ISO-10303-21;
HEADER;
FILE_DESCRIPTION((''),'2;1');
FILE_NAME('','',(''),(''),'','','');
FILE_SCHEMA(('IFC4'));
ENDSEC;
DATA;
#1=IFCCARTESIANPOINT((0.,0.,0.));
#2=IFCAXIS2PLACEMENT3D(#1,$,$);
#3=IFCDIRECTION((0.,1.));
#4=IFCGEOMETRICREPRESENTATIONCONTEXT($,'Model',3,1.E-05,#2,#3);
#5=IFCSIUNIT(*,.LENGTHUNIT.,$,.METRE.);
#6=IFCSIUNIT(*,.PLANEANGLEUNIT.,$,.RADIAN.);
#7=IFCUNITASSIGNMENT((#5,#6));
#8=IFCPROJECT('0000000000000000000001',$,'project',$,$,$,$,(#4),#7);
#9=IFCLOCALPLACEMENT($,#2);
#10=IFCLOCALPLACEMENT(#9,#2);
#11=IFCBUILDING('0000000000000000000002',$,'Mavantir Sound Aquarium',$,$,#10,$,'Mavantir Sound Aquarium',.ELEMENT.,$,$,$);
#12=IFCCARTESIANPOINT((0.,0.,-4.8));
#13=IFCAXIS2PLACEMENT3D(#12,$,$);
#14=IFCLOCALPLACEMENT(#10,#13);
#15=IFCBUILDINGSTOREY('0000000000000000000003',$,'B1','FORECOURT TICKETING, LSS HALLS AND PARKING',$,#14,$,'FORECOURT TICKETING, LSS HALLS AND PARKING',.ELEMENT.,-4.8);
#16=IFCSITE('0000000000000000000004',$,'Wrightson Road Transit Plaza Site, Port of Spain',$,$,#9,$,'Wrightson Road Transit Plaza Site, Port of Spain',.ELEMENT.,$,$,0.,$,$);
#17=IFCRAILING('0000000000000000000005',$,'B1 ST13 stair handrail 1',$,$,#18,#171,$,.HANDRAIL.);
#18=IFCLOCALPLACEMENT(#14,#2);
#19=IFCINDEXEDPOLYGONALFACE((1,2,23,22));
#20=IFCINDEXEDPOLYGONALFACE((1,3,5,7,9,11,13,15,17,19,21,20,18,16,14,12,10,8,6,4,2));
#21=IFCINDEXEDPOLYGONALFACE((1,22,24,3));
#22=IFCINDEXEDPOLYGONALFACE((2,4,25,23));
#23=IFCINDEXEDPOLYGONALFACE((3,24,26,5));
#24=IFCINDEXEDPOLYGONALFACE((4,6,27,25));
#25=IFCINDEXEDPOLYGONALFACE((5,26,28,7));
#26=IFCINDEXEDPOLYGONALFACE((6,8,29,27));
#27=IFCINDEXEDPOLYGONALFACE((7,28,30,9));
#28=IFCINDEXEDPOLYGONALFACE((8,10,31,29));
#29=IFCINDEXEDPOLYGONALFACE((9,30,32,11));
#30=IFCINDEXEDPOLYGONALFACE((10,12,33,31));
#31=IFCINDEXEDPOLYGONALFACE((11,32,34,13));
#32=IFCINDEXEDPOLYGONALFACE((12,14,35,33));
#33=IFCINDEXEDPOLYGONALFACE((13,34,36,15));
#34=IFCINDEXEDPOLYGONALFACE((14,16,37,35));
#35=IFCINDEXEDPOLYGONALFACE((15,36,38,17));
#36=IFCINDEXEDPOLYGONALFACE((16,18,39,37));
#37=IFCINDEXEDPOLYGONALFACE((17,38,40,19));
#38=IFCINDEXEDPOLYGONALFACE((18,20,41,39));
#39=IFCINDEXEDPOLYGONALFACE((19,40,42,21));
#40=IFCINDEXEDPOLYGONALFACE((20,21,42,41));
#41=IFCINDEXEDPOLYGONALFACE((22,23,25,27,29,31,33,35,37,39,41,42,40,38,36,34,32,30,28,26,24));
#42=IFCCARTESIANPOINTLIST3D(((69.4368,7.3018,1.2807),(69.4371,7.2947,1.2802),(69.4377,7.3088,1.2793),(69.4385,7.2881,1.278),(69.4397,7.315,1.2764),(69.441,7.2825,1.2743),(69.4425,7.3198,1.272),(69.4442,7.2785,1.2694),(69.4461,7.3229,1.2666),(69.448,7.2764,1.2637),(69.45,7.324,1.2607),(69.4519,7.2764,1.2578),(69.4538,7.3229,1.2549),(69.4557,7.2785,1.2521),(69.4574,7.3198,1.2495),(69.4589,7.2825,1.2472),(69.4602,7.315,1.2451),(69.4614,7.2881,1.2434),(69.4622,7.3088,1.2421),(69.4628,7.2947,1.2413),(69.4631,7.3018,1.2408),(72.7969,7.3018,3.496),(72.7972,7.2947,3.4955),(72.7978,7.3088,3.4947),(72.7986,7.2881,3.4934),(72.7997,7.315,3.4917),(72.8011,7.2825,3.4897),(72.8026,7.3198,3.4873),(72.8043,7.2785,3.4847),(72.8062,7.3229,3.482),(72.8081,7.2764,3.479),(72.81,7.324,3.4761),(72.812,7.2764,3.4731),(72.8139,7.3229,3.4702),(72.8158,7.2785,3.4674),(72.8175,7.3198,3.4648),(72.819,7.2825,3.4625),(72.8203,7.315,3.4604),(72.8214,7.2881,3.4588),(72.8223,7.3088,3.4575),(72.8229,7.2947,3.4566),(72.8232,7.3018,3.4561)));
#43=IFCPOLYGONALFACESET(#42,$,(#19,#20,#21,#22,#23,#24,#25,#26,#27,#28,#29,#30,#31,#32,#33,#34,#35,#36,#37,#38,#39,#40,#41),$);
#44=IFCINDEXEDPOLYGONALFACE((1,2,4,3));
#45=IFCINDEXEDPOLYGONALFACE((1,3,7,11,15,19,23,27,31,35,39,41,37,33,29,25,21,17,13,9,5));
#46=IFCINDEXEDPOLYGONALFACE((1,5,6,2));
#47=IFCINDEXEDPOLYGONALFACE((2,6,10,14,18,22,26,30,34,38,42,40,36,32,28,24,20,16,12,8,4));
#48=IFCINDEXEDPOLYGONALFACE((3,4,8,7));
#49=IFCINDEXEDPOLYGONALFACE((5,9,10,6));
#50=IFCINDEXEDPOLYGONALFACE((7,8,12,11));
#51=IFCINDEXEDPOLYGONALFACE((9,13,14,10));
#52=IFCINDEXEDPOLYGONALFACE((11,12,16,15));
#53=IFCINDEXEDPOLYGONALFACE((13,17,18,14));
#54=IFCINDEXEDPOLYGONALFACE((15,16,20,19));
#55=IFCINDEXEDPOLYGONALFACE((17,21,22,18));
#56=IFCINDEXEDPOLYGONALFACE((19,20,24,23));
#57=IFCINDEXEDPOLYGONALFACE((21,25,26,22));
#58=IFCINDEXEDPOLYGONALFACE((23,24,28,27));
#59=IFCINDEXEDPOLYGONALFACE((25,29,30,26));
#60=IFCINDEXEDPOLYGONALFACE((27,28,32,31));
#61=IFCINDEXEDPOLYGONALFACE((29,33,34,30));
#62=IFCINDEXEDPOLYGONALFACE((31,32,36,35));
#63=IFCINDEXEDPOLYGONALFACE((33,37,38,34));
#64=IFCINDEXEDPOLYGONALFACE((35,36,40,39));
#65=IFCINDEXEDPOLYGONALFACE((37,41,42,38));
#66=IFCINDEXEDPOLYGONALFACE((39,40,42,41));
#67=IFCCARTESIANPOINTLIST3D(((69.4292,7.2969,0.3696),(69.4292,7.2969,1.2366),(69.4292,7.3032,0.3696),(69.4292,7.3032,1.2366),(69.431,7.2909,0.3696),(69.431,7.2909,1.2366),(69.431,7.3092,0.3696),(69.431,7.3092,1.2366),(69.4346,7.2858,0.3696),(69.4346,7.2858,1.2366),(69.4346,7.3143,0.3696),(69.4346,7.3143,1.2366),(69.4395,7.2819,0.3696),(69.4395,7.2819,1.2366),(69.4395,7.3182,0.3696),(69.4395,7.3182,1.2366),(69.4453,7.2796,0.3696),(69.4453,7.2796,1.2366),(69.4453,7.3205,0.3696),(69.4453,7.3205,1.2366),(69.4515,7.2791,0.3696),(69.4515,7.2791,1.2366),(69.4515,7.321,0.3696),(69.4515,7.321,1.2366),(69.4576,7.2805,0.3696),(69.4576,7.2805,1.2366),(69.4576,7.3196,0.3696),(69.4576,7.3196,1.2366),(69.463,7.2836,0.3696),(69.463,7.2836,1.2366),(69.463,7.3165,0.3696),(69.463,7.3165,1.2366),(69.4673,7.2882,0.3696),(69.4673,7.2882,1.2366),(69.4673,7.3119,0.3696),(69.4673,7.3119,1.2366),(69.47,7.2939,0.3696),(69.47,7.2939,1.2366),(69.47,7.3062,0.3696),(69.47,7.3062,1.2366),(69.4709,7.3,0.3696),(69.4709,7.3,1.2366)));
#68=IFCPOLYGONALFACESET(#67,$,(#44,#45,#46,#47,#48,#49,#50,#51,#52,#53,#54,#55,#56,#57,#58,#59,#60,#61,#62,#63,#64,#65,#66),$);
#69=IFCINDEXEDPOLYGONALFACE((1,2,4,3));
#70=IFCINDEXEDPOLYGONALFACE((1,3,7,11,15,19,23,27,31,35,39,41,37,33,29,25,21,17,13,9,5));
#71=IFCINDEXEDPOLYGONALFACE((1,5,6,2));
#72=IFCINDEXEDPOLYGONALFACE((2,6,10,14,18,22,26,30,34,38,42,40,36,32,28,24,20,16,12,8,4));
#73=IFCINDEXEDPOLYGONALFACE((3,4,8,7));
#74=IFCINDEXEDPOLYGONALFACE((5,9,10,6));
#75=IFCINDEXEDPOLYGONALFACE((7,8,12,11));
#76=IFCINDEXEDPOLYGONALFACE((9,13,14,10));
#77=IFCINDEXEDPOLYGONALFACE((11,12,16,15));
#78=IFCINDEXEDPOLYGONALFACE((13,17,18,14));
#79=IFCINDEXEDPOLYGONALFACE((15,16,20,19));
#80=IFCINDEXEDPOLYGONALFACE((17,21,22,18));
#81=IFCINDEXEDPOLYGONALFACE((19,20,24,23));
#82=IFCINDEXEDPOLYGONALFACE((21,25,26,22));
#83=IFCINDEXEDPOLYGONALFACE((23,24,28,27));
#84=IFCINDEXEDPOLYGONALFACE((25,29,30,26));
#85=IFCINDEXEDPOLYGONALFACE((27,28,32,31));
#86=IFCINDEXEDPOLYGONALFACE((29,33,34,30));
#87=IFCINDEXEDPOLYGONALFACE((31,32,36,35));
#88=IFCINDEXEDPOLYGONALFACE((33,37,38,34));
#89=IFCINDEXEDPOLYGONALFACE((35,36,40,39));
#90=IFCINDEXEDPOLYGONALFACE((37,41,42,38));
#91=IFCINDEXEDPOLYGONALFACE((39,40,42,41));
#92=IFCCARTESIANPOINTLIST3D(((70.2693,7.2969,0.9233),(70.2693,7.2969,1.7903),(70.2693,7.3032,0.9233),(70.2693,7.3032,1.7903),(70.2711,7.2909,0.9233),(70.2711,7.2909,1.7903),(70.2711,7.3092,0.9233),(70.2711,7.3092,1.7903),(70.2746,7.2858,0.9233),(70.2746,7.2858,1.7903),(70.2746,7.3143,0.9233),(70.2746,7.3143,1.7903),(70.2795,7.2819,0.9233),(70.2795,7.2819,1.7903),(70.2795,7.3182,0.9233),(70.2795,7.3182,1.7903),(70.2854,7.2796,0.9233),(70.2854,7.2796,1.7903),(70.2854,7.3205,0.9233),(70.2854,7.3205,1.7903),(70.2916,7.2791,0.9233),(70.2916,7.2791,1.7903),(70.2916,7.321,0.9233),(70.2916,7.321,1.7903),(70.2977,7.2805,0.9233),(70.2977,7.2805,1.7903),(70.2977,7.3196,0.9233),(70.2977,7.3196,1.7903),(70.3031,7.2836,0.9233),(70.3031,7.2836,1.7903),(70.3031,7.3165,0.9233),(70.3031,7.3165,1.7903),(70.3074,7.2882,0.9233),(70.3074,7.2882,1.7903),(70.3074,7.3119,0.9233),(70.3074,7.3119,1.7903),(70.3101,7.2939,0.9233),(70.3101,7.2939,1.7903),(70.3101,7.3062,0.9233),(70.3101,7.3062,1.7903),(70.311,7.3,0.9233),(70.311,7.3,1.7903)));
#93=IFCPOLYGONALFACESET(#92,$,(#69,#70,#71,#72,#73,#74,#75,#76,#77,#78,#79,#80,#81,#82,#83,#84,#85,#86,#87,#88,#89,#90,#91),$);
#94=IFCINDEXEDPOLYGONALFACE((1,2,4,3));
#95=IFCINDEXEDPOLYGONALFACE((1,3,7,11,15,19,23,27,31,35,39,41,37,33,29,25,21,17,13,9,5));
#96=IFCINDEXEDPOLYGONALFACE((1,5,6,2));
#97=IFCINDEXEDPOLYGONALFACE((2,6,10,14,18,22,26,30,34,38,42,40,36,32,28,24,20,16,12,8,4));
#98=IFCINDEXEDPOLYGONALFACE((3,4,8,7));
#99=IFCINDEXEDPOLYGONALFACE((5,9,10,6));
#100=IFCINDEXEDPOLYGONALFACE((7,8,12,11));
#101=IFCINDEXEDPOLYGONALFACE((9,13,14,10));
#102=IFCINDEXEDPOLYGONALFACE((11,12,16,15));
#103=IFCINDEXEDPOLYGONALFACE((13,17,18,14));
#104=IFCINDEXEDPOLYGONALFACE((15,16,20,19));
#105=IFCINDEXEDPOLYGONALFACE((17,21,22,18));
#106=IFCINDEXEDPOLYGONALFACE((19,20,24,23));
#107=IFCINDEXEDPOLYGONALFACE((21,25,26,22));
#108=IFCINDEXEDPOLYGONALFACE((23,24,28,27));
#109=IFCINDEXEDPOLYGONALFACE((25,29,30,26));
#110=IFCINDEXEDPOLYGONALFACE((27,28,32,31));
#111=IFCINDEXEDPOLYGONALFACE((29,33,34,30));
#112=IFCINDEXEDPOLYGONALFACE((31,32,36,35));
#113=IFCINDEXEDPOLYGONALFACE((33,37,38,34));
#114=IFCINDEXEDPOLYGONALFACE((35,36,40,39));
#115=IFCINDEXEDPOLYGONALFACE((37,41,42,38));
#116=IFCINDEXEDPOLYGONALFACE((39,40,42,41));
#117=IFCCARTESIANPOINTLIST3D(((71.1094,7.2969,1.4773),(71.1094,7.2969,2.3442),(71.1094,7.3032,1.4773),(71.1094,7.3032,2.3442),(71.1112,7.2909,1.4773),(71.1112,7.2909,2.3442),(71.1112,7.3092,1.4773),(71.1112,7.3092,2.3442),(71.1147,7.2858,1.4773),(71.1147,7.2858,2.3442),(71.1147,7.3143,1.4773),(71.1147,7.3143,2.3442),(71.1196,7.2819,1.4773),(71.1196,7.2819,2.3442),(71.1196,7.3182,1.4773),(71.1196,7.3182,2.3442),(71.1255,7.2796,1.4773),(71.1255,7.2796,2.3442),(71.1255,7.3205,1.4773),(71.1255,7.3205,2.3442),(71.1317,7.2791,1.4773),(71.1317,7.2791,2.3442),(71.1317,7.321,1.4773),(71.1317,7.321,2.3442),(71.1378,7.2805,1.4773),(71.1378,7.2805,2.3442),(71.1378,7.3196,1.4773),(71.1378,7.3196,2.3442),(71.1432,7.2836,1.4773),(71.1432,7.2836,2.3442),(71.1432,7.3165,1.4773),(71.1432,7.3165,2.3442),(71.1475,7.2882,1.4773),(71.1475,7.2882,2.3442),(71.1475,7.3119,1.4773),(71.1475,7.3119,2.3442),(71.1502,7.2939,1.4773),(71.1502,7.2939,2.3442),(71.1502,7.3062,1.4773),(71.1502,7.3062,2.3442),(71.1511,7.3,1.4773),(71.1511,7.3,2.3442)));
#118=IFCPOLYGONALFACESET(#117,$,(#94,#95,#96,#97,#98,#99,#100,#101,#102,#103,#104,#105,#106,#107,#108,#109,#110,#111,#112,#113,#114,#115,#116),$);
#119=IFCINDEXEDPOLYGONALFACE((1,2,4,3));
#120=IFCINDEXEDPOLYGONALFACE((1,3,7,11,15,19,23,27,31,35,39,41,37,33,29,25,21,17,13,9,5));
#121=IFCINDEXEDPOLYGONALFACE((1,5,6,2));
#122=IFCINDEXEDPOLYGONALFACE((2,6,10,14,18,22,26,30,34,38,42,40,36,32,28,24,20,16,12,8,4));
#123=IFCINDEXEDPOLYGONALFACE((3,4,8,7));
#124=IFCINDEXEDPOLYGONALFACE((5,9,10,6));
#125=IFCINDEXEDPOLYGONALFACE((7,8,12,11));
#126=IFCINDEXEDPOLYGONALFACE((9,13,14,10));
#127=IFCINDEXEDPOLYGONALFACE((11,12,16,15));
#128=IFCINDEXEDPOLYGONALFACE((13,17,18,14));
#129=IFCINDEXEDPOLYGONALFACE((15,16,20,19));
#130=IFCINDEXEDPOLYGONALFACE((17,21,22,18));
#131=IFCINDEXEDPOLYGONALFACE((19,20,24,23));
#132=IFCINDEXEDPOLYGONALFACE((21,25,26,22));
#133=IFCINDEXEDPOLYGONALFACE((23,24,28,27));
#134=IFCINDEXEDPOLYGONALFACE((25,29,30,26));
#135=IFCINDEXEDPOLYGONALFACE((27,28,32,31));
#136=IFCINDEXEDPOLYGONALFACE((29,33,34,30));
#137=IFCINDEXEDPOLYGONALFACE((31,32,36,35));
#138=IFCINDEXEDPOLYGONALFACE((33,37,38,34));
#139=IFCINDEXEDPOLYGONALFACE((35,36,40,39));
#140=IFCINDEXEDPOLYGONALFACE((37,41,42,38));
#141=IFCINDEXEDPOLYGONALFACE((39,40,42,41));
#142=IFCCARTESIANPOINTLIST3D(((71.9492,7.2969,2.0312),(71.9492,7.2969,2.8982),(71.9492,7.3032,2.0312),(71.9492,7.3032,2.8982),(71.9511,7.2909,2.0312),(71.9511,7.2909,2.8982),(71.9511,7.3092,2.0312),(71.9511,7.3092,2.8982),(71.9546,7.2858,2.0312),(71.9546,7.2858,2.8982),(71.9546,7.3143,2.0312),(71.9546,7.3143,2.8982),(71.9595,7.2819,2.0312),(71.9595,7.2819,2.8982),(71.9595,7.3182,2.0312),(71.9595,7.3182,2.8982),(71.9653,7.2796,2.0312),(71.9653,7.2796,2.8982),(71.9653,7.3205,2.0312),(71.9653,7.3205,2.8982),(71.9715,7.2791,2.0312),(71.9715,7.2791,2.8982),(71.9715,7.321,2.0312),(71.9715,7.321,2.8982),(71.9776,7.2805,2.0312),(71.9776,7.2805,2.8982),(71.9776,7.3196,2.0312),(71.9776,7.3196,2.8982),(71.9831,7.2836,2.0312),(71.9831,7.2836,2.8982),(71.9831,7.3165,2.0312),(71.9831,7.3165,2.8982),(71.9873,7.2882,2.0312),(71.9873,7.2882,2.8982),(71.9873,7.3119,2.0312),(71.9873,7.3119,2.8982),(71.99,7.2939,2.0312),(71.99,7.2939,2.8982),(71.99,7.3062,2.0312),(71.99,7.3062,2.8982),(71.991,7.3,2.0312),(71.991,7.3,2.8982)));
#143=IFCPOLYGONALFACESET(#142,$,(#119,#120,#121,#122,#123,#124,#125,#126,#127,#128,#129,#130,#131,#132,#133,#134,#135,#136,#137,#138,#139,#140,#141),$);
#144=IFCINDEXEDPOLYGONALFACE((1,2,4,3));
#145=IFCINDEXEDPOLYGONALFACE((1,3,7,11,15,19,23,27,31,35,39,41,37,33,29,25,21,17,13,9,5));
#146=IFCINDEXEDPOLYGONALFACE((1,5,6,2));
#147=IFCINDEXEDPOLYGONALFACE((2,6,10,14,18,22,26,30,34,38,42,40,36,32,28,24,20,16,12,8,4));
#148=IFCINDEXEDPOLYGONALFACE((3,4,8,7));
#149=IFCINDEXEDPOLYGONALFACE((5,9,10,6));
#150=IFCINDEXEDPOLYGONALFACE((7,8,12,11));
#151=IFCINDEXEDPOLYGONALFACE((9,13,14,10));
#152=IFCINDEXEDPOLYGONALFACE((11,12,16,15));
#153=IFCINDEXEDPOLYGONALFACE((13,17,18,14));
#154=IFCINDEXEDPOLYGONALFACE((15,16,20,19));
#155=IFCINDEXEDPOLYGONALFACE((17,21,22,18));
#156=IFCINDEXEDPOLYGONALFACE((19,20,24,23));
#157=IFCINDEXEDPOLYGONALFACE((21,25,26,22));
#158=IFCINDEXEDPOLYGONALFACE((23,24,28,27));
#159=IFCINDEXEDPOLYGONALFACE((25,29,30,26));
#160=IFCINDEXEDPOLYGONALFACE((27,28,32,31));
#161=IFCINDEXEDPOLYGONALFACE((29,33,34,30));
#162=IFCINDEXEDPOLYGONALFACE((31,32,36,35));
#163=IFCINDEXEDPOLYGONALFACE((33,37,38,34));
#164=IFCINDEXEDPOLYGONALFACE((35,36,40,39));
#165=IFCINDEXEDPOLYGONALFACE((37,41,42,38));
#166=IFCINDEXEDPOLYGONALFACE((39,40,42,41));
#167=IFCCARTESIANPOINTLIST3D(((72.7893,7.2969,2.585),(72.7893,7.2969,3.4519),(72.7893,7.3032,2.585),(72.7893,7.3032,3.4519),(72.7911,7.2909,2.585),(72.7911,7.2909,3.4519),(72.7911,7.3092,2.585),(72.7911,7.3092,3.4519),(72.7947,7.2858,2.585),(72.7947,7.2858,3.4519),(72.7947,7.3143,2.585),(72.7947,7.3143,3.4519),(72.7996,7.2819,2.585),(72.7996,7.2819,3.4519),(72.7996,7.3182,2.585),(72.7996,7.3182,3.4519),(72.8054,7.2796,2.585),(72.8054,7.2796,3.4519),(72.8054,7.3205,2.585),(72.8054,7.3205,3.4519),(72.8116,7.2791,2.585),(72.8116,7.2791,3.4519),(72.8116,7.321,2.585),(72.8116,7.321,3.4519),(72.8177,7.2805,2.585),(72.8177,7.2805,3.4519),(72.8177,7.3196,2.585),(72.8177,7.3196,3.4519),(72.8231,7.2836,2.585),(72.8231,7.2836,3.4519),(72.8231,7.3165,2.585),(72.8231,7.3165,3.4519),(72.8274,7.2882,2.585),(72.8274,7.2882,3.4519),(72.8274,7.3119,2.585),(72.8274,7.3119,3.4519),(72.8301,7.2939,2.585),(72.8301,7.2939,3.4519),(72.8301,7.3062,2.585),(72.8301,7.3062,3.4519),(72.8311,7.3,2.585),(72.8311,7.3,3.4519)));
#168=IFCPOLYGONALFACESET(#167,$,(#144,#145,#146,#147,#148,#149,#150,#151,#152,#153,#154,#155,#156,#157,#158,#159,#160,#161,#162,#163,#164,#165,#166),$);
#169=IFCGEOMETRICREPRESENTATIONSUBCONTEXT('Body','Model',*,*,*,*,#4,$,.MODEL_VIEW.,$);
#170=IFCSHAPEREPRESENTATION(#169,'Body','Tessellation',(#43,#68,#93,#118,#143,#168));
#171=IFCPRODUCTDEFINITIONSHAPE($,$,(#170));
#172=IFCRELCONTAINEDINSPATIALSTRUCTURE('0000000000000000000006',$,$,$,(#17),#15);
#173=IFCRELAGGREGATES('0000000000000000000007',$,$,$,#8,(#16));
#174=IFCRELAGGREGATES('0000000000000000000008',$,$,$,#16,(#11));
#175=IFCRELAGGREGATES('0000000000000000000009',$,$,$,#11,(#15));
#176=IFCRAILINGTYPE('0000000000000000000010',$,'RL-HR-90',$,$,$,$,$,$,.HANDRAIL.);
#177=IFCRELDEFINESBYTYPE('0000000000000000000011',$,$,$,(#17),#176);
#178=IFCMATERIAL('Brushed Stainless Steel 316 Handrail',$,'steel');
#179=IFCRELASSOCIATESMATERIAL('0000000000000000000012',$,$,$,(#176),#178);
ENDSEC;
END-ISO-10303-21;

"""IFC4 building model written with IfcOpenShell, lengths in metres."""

from ifc_helpers import new_model, si_unit, direction, frame, origin, origin_2d, place, context, subcontext, project, spatial, circle, extrude, material, type_object, element, save


model = new_model("IFC4")

# Units and contexts
model_context = context("Model", 3, precision=1e-05, world=origin(), true_north=direction((0.0, 1.0)))
body_context = subcontext(model_context, "Body", "Model", "MODEL_VIEW")
ifc_project = project(units=[si_unit("LENGTHUNIT", "METRE"), si_unit("PLANEANGLEUNIT", "RADIAN")], contexts=[model_context])

# Site, building, storey
site_placement = place(None, origin())
site = spatial("IfcSite", under=ifc_project, at=site_placement, Name="Wrightson Road Transit Plaza Site, Port of Spain", LongName="Wrightson Road Transit Plaza Site, Port of Spain", CompositionType="ELEMENT", RefElevation=0.0)
building_placement = place(site_placement, origin())
building = spatial("IfcBuilding", under=site, at=building_placement, Name="Mavantir Sound Aquarium", LongName="Mavantir Sound Aquarium", CompositionType="ELEMENT")
storey_placement = place(building_placement, frame((0.0, 0.0, -4.8)))
storey = spatial("IfcBuildingStorey", under=building, at=storey_placement, Name="B1", Description="FORECOURT TICKETING, LSS HALLS AND PARKING", LongName="FORECOURT TICKETING, LSS HALLS AND PARKING", CompositionType="ELEMENT", Elevation=-4.8)

# Railing
ifc_material_1 = material(Name="Brushed Stainless Steel 316 Handrail", Category="steel")
railing_type_1 = type_object("IfcRailingType", Name="RL-HR-90", PredefinedType="HANDRAIL", material=ifc_material_1)
railing_1_placement = place(storey_placement, frame((69.45, 7.3, 0.3696)))
element("IfcRailing", 1, at=railing_1_placement, inside=storey, type_object=railing_type_1, Name="B1 ST13 stair handrail 1", PredefinedType="HANDRAIL", context=body_context, shape_type="SweptSolid", body=[
    extrude(circle(Radius=0.0239, at=origin_2d()), frame((0.0, 0.0, 0.8911), z_axis=(0.834876, 0.0, 0.550437), x_axis=(0.0, 1.0, 0.0)), (0.0, 0.0, 1.0), 4.0247),
    extrude(circle(Radius=0.021, at=origin_2d()), origin(), (0.0, 0.0, 1.0), 0.8669),
    extrude(circle(Radius=0.021, at=origin_2d()), frame((0.8401, 0.0, 0.5537)), (0.0, 0.0, 1.0), 0.8669),
    extrude(circle(Radius=0.021, at=origin_2d()), frame((1.6802, 0.0, 1.1077)), (0.0, 0.0, 1.0), 0.8669),
    extrude(circle(Radius=0.021, at=origin_2d()), frame((2.52, 0.0, 1.6616)), (0.0, 0.0, 1.0), 0.8669),
    extrude(circle(Radius=0.021, at=origin_2d()), frame((3.3601, 0.0, 2.2153)), (0.0, 0.0, 1.0), 0.8669),
])

save(model, "model.ifc")
